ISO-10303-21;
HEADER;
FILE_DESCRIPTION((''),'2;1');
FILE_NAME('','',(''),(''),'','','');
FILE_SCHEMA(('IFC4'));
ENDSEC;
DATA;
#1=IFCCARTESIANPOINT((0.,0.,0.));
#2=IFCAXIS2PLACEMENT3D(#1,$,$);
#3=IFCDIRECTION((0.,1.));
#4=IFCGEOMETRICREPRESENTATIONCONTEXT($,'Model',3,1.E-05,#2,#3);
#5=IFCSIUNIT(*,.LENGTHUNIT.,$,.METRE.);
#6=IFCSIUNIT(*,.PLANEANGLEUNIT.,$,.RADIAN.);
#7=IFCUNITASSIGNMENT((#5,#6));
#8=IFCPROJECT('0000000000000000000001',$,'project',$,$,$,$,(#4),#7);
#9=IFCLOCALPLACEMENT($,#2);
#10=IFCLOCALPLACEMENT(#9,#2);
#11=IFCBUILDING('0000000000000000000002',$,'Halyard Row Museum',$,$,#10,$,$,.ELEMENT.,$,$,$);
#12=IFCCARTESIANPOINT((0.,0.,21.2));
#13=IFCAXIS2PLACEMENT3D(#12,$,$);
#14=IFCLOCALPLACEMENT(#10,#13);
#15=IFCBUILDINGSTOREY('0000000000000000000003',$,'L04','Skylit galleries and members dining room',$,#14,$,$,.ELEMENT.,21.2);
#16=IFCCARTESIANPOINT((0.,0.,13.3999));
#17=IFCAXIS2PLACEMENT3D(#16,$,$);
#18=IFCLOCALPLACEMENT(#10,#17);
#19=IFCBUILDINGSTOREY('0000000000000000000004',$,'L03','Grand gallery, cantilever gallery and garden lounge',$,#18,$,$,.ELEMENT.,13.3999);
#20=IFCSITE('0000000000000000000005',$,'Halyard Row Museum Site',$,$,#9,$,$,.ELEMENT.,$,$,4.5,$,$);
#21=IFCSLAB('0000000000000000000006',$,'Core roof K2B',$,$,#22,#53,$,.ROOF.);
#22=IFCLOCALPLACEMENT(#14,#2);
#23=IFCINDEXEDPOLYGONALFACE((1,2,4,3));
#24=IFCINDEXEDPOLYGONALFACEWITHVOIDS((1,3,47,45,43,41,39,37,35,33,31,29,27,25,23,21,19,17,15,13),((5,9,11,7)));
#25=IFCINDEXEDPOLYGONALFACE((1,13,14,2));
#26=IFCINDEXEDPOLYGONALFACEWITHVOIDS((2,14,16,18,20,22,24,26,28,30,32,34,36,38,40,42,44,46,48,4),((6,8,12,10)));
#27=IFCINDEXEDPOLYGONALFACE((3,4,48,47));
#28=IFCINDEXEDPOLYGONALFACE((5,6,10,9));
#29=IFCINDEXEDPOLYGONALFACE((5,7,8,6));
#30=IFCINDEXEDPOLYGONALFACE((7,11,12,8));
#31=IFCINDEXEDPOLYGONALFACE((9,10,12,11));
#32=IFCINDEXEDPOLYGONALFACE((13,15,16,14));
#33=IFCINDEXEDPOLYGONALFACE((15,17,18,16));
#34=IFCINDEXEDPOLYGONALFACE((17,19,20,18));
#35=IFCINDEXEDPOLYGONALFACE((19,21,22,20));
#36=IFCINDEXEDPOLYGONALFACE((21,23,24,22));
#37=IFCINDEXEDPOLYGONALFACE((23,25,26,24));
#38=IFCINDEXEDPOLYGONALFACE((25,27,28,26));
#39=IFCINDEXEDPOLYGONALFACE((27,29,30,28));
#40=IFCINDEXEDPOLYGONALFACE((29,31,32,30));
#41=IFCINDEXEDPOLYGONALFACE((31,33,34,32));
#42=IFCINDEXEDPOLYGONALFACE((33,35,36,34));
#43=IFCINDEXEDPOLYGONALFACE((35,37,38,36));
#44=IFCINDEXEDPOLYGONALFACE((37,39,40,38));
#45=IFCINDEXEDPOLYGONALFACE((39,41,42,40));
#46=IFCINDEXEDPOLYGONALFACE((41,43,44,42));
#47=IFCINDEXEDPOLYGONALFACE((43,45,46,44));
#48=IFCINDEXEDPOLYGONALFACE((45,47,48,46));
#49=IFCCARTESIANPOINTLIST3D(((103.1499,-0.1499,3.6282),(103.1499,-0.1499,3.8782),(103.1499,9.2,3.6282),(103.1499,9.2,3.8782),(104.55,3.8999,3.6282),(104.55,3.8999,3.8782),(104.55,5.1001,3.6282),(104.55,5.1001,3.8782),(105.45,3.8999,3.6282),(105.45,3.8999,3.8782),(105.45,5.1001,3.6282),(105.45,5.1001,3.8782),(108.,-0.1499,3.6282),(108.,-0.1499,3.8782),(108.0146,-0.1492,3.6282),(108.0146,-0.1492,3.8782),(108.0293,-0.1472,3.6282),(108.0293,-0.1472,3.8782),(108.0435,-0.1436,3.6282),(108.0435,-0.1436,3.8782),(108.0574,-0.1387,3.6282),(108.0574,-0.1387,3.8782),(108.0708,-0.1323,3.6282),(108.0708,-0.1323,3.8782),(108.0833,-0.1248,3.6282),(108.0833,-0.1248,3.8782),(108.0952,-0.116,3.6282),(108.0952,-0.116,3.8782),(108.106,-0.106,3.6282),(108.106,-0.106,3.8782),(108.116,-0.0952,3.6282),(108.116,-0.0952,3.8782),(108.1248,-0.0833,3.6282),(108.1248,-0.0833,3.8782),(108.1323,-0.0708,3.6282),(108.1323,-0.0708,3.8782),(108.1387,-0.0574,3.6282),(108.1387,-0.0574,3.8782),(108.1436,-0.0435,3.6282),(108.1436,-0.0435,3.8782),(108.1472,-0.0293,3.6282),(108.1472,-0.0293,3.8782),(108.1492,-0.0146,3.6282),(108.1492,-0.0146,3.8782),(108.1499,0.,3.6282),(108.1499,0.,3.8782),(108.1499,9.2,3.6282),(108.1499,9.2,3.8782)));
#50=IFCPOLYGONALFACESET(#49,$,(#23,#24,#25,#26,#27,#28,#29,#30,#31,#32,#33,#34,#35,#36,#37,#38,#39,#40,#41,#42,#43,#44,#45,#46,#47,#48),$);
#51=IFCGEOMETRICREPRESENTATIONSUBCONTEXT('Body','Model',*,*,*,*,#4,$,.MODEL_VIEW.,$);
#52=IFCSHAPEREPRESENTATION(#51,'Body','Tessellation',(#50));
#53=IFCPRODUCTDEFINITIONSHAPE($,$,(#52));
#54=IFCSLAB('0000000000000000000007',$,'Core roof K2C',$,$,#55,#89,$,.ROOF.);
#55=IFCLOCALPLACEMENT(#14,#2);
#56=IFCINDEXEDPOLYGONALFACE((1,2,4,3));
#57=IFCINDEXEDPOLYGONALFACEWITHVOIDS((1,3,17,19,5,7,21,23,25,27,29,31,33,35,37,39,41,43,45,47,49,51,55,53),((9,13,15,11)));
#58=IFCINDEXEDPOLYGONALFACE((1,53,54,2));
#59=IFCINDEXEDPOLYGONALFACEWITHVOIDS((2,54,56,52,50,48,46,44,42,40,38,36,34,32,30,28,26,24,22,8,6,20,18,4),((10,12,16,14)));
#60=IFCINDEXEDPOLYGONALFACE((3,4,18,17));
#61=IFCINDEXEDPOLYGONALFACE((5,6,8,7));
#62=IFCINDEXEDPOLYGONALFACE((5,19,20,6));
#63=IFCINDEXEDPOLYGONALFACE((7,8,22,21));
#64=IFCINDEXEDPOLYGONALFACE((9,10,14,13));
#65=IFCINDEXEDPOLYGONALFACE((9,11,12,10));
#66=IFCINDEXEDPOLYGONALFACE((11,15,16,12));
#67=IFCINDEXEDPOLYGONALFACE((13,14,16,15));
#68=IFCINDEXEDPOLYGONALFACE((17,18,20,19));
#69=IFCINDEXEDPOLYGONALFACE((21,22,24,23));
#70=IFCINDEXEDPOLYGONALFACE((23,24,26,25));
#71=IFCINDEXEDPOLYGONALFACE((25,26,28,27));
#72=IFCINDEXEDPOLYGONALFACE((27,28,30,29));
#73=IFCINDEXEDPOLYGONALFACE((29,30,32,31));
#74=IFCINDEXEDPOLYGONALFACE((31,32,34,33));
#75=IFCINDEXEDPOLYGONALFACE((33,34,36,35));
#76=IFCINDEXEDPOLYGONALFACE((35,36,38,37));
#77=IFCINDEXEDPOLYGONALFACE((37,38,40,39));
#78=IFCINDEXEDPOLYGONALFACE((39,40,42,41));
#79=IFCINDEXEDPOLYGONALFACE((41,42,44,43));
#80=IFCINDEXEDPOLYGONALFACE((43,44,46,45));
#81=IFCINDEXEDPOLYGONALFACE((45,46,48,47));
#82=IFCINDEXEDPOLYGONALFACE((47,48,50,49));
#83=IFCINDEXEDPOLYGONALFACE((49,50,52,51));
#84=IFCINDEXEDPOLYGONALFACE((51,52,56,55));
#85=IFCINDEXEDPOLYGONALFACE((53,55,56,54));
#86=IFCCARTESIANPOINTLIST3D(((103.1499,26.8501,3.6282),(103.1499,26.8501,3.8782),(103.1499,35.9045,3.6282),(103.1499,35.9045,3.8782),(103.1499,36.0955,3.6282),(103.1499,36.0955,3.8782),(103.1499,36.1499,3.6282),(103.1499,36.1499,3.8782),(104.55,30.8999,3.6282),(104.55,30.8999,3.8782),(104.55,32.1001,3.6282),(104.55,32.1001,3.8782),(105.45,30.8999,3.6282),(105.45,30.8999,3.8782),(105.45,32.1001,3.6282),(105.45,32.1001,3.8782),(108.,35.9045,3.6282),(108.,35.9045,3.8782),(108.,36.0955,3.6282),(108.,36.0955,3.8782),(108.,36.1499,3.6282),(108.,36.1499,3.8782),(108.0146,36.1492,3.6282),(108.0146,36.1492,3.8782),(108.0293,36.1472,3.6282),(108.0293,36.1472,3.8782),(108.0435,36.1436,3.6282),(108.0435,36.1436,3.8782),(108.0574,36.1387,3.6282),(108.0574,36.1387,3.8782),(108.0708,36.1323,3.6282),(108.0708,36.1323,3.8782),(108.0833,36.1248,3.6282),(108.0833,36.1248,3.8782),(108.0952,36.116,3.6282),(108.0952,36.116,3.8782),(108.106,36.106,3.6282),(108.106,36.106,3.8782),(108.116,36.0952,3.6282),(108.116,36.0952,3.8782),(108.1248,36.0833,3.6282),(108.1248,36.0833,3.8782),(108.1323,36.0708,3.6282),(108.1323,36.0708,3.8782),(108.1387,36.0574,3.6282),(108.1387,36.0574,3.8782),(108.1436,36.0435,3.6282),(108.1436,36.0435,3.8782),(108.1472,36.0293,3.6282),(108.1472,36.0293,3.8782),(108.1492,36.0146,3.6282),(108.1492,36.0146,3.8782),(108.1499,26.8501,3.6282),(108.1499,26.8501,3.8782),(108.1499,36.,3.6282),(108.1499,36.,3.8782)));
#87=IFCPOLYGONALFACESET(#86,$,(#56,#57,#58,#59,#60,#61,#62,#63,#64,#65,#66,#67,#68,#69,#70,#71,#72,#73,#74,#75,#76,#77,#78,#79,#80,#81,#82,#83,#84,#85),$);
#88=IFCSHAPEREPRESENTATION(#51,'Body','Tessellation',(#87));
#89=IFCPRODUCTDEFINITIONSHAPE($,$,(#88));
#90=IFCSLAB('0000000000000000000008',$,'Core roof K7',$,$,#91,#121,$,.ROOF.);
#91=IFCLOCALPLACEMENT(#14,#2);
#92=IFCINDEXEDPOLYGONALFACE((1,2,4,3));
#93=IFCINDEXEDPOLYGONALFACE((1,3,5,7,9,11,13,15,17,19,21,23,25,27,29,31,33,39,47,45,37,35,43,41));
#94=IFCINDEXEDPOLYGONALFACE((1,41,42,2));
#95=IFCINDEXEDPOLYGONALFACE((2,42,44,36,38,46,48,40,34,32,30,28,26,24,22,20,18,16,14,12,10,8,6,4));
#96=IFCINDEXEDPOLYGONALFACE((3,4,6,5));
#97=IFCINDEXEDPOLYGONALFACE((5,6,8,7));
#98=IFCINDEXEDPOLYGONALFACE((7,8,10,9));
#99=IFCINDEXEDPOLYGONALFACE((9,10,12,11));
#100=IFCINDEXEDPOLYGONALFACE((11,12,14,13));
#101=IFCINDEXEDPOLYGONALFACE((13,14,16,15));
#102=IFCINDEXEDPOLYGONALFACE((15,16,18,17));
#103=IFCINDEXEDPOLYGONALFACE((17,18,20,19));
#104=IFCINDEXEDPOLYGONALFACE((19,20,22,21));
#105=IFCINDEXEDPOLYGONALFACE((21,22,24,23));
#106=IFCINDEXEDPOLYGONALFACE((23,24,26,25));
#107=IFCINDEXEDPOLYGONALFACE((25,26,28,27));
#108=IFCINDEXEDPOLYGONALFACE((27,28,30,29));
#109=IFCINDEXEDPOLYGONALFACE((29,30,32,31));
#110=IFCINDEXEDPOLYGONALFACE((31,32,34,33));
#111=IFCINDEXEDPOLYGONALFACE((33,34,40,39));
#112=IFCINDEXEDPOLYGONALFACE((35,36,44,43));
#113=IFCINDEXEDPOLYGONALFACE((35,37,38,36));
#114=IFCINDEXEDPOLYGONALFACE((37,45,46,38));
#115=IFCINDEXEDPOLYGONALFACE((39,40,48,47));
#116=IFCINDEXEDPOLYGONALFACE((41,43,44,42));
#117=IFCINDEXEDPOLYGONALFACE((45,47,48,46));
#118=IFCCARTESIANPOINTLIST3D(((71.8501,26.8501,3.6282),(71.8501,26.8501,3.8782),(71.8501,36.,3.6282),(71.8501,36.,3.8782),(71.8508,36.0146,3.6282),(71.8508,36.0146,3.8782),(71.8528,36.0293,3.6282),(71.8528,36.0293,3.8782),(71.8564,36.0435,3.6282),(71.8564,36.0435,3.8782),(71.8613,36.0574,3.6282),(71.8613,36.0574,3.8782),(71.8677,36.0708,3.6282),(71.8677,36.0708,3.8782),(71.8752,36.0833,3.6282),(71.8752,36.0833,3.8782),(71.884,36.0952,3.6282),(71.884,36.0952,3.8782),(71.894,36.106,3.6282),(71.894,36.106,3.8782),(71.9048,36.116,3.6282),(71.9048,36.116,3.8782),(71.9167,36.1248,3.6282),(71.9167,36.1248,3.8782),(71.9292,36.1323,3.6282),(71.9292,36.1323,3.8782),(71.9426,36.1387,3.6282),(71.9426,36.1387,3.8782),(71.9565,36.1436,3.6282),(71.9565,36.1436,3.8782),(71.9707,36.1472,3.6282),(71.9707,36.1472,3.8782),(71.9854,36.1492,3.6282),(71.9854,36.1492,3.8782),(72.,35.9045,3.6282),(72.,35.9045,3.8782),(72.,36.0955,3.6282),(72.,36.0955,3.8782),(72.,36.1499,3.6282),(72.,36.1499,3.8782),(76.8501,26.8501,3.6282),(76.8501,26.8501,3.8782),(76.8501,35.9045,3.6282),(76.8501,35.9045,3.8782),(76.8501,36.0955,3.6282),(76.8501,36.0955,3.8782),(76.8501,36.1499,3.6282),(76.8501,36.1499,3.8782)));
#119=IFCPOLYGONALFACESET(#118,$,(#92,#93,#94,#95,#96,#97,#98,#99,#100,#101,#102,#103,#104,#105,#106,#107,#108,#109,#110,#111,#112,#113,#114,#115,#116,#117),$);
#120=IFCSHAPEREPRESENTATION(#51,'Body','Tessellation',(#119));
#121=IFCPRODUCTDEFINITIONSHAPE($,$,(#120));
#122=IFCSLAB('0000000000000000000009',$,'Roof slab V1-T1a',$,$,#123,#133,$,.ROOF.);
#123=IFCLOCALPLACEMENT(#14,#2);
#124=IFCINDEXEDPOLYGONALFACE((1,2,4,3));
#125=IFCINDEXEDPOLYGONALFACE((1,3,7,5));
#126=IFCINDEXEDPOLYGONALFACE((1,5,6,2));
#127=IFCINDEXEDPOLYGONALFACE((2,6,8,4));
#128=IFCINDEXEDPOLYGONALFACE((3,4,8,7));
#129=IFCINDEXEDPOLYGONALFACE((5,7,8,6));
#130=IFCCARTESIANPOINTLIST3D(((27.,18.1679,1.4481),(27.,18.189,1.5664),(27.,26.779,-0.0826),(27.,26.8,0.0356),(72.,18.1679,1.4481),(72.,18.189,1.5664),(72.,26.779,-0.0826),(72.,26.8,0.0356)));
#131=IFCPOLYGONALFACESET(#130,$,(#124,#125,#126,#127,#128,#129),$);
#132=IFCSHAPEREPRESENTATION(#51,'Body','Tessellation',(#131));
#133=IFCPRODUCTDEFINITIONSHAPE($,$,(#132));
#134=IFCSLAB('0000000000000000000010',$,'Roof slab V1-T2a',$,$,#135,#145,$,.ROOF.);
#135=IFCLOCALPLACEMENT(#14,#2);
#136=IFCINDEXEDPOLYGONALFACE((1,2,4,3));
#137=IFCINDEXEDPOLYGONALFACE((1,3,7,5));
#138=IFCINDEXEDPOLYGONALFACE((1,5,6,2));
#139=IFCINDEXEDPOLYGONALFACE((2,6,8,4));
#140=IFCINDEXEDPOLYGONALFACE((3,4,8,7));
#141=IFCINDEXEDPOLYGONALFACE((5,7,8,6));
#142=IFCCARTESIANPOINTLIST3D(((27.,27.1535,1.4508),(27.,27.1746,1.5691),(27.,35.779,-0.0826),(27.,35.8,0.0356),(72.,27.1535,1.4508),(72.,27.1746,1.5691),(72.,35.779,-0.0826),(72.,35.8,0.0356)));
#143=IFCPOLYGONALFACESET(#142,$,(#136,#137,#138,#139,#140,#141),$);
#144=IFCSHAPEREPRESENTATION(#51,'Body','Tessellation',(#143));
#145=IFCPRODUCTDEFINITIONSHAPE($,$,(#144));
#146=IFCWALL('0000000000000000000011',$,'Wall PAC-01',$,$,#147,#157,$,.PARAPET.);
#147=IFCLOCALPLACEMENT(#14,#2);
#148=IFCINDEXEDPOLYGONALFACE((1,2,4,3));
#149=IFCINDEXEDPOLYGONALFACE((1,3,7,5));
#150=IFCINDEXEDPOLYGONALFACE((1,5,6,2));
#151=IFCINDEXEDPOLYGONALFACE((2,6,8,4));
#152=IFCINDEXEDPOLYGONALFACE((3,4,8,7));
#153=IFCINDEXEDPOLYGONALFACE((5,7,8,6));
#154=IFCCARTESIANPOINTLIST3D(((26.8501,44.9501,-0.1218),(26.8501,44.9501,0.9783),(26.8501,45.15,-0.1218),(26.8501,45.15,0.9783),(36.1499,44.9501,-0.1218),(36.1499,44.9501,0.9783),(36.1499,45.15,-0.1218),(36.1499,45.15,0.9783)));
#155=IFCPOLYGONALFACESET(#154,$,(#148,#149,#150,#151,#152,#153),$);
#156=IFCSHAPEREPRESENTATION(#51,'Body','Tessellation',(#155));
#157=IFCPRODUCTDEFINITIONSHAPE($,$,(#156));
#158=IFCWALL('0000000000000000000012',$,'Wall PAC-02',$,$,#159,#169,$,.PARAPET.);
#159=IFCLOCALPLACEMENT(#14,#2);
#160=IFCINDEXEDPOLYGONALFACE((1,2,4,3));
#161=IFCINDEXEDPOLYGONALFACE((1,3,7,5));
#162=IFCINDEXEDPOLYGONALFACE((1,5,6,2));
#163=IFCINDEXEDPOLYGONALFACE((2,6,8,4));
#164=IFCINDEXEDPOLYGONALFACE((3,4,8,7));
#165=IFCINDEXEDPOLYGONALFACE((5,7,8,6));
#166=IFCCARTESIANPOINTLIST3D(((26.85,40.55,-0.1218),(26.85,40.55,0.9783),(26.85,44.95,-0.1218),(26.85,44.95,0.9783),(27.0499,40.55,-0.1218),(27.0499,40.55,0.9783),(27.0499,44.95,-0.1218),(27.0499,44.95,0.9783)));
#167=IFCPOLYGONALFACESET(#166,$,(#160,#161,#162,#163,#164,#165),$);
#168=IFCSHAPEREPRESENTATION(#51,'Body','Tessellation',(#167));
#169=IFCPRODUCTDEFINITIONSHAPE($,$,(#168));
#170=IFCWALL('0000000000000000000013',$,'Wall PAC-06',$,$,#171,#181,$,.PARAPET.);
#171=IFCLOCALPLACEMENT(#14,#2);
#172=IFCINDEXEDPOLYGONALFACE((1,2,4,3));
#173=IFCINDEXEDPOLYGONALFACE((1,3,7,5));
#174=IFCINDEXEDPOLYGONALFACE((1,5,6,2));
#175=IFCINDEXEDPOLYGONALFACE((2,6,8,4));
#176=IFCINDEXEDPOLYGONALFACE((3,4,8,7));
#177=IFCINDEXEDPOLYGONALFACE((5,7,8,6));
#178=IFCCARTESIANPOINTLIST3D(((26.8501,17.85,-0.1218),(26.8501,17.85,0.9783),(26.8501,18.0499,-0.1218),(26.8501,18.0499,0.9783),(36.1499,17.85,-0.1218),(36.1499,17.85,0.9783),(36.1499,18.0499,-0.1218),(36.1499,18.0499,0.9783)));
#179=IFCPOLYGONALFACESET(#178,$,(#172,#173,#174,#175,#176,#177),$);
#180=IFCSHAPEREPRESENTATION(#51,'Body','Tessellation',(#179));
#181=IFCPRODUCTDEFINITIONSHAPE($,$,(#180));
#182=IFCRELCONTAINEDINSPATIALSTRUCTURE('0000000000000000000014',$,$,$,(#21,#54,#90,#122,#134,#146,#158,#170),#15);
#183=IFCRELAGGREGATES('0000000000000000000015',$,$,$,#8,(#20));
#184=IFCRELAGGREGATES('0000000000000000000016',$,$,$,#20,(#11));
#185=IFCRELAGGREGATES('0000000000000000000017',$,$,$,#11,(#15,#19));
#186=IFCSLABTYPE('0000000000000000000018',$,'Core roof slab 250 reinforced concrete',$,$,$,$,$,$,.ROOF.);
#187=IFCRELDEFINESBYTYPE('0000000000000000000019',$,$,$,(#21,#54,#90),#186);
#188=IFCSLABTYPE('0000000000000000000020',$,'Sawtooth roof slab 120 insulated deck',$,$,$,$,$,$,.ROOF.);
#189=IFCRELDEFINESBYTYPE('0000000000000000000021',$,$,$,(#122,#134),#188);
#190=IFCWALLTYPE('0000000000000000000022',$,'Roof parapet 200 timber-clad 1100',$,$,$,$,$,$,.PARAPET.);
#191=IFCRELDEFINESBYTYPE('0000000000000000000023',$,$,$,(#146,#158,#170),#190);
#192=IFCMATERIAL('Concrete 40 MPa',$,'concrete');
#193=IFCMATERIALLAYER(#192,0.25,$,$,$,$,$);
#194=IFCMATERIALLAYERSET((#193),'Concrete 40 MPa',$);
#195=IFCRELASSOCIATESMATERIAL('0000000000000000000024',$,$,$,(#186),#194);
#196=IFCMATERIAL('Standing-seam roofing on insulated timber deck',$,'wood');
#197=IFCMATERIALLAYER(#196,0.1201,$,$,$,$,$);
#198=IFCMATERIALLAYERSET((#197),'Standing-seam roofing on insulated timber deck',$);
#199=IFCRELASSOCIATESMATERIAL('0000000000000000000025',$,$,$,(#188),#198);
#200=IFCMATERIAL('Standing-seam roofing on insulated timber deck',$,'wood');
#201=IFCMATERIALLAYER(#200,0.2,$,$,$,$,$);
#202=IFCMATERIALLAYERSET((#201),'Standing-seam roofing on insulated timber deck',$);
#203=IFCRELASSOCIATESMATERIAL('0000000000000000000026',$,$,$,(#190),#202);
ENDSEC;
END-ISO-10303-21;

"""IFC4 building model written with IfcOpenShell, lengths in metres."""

from ifc_helpers import new_model, si_unit, direction, frame, frame_2d, origin, place, context, subcontext, project, spatial, polyline, rectangle, outline, extrude, material, layer, layer_set, type_object, element, save


model = new_model("IFC4")

# Units and contexts
model_context = context("Model", 3, precision=1e-05, world=origin(), true_north=direction((0.0, 1.0)))
body_context = subcontext(model_context, "Body", "Model", "MODEL_VIEW")
ifc_project = project(units=[si_unit("LENGTHUNIT", "METRE"), si_unit("PLANEANGLEUNIT", "RADIAN")], contexts=[model_context])

# Site, building, storey
site_placement = place(None, origin())
site = spatial("IfcSite", under=ifc_project, at=site_placement, Name="Halyard Row Museum Site", CompositionType="ELEMENT", RefElevation=4.5)
building_placement = place(site_placement, origin())
building = spatial("IfcBuilding", under=site, at=building_placement, Name="Halyard Row Museum", CompositionType="ELEMENT")
storey_1_placement = place(building_placement, frame((0.0, 0.0, 21.2)))
storey_1 = spatial("IfcBuildingStorey", under=building, at=storey_1_placement, Name="L04", Description="Skylit galleries and members dining room", CompositionType="ELEMENT", Elevation=21.2)

# Slabs
ifc_material_1 = material(Name="Concrete 40 MPa", Category="concrete")
ifc_layer_1 = layer(ifc_material_1, 0.25)
ifc_layer_set_1 = layer_set([ifc_layer_1], Name="Concrete 40 MPa")
slab_type_1 = type_object("IfcSlabType", Name="Core roof slab 250 reinforced concrete", PredefinedType="ROOF", material=ifc_layer_set_1)
slab_1_placement = place(storey_1_placement, frame((0.0, 0.0, 3.6282)))
element("IfcSlab", 1, at=slab_1_placement, inside=storey_1, type_object=slab_type_1, Name="Core roof K2B", PredefinedType="ROOF", context=body_context, shape_type="SweptSolid", body=[
    extrude(outline(polyline([(103.1499, 9.2), (108.1499, 9.2), (108.1499, 0.0), (108.1492, -0.0146), (108.1472, -0.0293), (108.1436, -0.0435), (108.1387, -0.0574), (108.1323, -0.0708), (108.1248, -0.0833), (108.116, -0.0952), (108.106, -0.106), (108.0952, -0.116), (108.0833, -0.1248), (108.0708, -0.1323), (108.0574, -0.1387), (108.0435, -0.1436), (108.0293, -0.1472), (108.0146, -0.1492), (108.0, -0.1499), (103.1499, -0.1499), (103.1499, 9.2)]), holes=[polyline([(104.55, 3.8999), (105.45, 3.8999), (105.45, 5.1001), (104.55, 5.1001), (104.55, 3.8999)])]), origin(), (0.0, 0.0, 1.0), 0.25),
])
slab_2_placement = place(storey_1_placement, frame((0.0, 0.0, 3.6282)))
element("IfcSlab", 2, at=slab_2_placement, inside=storey_1, type_object=slab_type_1, Name="Core roof K2C", PredefinedType="ROOF", context=body_context, shape_type="SweptSolid", body=[
    extrude(outline(polyline([(103.1499, 35.9045), (108.0, 35.9045), (108.0, 36.0955), (103.1499, 36.0955), (103.1499, 36.1499), (108.0, 36.1499), (108.0146, 36.1492), (108.0293, 36.1472), (108.0435, 36.1436), (108.0574, 36.1387), (108.0708, 36.1323), (108.0833, 36.1248), (108.0952, 36.116), (108.106, 36.106), (108.116, 36.0952), (108.1248, 36.0833), (108.1323, 36.0708), (108.1387, 36.0574), (108.1436, 36.0435), (108.1472, 36.0293), (108.1492, 36.0146), (108.1499, 36.0), (108.1499, 26.8501), (103.1499, 26.8501), (103.1499, 35.9045)]), holes=[polyline([(104.55, 30.8999), (105.45, 30.8999), (105.45, 32.1001), (104.55, 32.1001), (104.55, 30.8999)])]), origin(), (0.0, 0.0, 1.0), 0.25),
])
slab_3_placement = place(storey_1_placement, frame((0.0, 0.0, 3.6282)))
element("IfcSlab", 3, at=slab_3_placement, inside=storey_1, type_object=slab_type_1, Name="Core roof K7", PredefinedType="ROOF", context=body_context, shape_type="SweptSolid", body=[
    extrude(outline(polyline([(76.8501, 36.0955), (72.0, 36.0955), (72.0, 35.9045), (76.8501, 35.9045), (76.8501, 26.8501), (71.8501, 26.8501), (71.8501, 36.0), (71.8508, 36.0146), (71.8528, 36.0293), (71.8564, 36.0435), (71.8613, 36.0574), (71.8677, 36.0708), (71.8752, 36.0833), (71.884, 36.0952), (71.894, 36.106), (71.9048, 36.116), (71.9167, 36.1248), (71.9292, 36.1323), (71.9426, 36.1387), (71.9565, 36.1436), (71.9707, 36.1472), (71.9854, 36.1492), (72.0, 36.1499), (76.8501, 36.1499), (76.8501, 36.0955)])), origin(), (0.0, 0.0, 1.0), 0.25),
])
ifc_material_2 = material(Name="Standing-seam roofing on insulated timber deck", Category="wood")
ifc_layer_2 = layer(ifc_material_2, 0.1201)
ifc_layer_set_2 = layer_set([ifc_layer_2], Name="Standing-seam roofing on insulated timber deck")
slab_type_2 = type_object("IfcSlabType", Name="Sawtooth roof slab 120 insulated deck", PredefinedType="ROOF", material=ifc_layer_set_2)
slab_4_placement = place(storey_1_placement, frame((27.0, 18.189, 1.5664), z_axis=(0.0, 0.175023, 0.984564), x_axis=(1.0, 0.0, 0.0)))
element("IfcSlab", 4, at=slab_4_placement, inside=storey_1, type_object=slab_type_2, Name="Roof slab V1-T1a", PredefinedType="ROOF", context=body_context, shape_type="SweptSolid", body=[
    extrude(outline(polyline([(0.0, 0.0), (45.0, 0.0), (45.0, 8.7461), (0.0, 8.7461), (0.0, 0.0)])), origin(), (0.0, 0.0, -1.0), 0.1201),
])
slab_5_placement = place(storey_1_placement, frame((27.0, 27.1746, 1.5691), z_axis=(0.0, 0.175036, 0.984562), x_axis=(1.0, 0.0, 0.0)))
element("IfcSlab", 5, at=slab_5_placement, inside=storey_1, type_object=slab_type_2, Name="Roof slab V1-T2a", PredefinedType="ROOF", context=body_context, shape_type="SweptSolid", body=[
    extrude(outline(polyline([(0.0, 0.0), (45.0, 0.0), (45.0, 8.7607), (0.0, 8.7607), (0.0, 0.0)])), origin(), (0.0, 0.0, -1.0), 0.1201),
])

# Walls
ifc_material_3 = material(Name="Standing-seam roofing on insulated timber deck", Category="wood")
ifc_layer_3 = layer(ifc_material_3, 0.2)
ifc_layer_set_3 = layer_set([ifc_layer_3], Name="Standing-seam roofing on insulated timber deck")
wall_type_1 = type_object("IfcWallType", Name="Roof parapet 200 timber-clad 1100", PredefinedType="PARAPET", material=ifc_layer_set_3)
wall_1_placement = place(storey_1_placement, frame((26.8501, 45.05, -0.1218), z_axis=(0.0, 0.0, 1.0), x_axis=(1.0, 0.0, 0.0)))
element("IfcWall", 6, at=wall_1_placement, inside=storey_1, type_object=wall_type_1, Name="Wall PAC-01", PredefinedType="PARAPET", context=body_context, shape_type="SweptSolid", body=[
    extrude(rectangle(XDim=9.2998, YDim=0.2, at=frame_2d((4.6499, 0.0))), origin(), (0.0, 0.0, 1.0), 1.1001),
])
wall_2_placement = place(storey_1_placement, frame((26.95, 40.55, -0.1218), z_axis=(0.0, 0.0, 1.0), x_axis=(0.0, 1.0, 0.0)))
element("IfcWall", 7, at=wall_2_placement, inside=storey_1, type_object=wall_type_1, Name="Wall PAC-02", PredefinedType="PARAPET", context=body_context, shape_type="SweptSolid", body=[
    extrude(rectangle(XDim=4.3999, YDim=0.2, at=frame_2d((2.2, 0.0))), origin(), (0.0, 0.0, 1.0), 1.1001),
])
wall_3_placement = place(storey_1_placement, frame((26.8501, 17.95, -0.1218), z_axis=(0.0, 0.0, 1.0), x_axis=(1.0, 0.0, 0.0)))
element("IfcWall", 8, at=wall_3_placement, inside=storey_1, type_object=wall_type_1, Name="Wall PAC-06", PredefinedType="PARAPET", context=body_context, shape_type="SweptSolid", body=[
    extrude(rectangle(XDim=9.2998, YDim=0.2, at=frame_2d((4.6499, 0.0))), origin(), (0.0, 0.0, 1.0), 1.1001),
])

# Shared definitions
storey_2_placement = place(building_placement, frame((0.0, 0.0, 13.3999)))
storey_2 = spatial("IfcBuildingStorey", under=building, at=storey_2_placement, Name="L03", Description="Grand gallery, cantilever gallery and garden lounge", CompositionType="ELEMENT", Elevation=13.3999)

save(model, "model.ifc")
